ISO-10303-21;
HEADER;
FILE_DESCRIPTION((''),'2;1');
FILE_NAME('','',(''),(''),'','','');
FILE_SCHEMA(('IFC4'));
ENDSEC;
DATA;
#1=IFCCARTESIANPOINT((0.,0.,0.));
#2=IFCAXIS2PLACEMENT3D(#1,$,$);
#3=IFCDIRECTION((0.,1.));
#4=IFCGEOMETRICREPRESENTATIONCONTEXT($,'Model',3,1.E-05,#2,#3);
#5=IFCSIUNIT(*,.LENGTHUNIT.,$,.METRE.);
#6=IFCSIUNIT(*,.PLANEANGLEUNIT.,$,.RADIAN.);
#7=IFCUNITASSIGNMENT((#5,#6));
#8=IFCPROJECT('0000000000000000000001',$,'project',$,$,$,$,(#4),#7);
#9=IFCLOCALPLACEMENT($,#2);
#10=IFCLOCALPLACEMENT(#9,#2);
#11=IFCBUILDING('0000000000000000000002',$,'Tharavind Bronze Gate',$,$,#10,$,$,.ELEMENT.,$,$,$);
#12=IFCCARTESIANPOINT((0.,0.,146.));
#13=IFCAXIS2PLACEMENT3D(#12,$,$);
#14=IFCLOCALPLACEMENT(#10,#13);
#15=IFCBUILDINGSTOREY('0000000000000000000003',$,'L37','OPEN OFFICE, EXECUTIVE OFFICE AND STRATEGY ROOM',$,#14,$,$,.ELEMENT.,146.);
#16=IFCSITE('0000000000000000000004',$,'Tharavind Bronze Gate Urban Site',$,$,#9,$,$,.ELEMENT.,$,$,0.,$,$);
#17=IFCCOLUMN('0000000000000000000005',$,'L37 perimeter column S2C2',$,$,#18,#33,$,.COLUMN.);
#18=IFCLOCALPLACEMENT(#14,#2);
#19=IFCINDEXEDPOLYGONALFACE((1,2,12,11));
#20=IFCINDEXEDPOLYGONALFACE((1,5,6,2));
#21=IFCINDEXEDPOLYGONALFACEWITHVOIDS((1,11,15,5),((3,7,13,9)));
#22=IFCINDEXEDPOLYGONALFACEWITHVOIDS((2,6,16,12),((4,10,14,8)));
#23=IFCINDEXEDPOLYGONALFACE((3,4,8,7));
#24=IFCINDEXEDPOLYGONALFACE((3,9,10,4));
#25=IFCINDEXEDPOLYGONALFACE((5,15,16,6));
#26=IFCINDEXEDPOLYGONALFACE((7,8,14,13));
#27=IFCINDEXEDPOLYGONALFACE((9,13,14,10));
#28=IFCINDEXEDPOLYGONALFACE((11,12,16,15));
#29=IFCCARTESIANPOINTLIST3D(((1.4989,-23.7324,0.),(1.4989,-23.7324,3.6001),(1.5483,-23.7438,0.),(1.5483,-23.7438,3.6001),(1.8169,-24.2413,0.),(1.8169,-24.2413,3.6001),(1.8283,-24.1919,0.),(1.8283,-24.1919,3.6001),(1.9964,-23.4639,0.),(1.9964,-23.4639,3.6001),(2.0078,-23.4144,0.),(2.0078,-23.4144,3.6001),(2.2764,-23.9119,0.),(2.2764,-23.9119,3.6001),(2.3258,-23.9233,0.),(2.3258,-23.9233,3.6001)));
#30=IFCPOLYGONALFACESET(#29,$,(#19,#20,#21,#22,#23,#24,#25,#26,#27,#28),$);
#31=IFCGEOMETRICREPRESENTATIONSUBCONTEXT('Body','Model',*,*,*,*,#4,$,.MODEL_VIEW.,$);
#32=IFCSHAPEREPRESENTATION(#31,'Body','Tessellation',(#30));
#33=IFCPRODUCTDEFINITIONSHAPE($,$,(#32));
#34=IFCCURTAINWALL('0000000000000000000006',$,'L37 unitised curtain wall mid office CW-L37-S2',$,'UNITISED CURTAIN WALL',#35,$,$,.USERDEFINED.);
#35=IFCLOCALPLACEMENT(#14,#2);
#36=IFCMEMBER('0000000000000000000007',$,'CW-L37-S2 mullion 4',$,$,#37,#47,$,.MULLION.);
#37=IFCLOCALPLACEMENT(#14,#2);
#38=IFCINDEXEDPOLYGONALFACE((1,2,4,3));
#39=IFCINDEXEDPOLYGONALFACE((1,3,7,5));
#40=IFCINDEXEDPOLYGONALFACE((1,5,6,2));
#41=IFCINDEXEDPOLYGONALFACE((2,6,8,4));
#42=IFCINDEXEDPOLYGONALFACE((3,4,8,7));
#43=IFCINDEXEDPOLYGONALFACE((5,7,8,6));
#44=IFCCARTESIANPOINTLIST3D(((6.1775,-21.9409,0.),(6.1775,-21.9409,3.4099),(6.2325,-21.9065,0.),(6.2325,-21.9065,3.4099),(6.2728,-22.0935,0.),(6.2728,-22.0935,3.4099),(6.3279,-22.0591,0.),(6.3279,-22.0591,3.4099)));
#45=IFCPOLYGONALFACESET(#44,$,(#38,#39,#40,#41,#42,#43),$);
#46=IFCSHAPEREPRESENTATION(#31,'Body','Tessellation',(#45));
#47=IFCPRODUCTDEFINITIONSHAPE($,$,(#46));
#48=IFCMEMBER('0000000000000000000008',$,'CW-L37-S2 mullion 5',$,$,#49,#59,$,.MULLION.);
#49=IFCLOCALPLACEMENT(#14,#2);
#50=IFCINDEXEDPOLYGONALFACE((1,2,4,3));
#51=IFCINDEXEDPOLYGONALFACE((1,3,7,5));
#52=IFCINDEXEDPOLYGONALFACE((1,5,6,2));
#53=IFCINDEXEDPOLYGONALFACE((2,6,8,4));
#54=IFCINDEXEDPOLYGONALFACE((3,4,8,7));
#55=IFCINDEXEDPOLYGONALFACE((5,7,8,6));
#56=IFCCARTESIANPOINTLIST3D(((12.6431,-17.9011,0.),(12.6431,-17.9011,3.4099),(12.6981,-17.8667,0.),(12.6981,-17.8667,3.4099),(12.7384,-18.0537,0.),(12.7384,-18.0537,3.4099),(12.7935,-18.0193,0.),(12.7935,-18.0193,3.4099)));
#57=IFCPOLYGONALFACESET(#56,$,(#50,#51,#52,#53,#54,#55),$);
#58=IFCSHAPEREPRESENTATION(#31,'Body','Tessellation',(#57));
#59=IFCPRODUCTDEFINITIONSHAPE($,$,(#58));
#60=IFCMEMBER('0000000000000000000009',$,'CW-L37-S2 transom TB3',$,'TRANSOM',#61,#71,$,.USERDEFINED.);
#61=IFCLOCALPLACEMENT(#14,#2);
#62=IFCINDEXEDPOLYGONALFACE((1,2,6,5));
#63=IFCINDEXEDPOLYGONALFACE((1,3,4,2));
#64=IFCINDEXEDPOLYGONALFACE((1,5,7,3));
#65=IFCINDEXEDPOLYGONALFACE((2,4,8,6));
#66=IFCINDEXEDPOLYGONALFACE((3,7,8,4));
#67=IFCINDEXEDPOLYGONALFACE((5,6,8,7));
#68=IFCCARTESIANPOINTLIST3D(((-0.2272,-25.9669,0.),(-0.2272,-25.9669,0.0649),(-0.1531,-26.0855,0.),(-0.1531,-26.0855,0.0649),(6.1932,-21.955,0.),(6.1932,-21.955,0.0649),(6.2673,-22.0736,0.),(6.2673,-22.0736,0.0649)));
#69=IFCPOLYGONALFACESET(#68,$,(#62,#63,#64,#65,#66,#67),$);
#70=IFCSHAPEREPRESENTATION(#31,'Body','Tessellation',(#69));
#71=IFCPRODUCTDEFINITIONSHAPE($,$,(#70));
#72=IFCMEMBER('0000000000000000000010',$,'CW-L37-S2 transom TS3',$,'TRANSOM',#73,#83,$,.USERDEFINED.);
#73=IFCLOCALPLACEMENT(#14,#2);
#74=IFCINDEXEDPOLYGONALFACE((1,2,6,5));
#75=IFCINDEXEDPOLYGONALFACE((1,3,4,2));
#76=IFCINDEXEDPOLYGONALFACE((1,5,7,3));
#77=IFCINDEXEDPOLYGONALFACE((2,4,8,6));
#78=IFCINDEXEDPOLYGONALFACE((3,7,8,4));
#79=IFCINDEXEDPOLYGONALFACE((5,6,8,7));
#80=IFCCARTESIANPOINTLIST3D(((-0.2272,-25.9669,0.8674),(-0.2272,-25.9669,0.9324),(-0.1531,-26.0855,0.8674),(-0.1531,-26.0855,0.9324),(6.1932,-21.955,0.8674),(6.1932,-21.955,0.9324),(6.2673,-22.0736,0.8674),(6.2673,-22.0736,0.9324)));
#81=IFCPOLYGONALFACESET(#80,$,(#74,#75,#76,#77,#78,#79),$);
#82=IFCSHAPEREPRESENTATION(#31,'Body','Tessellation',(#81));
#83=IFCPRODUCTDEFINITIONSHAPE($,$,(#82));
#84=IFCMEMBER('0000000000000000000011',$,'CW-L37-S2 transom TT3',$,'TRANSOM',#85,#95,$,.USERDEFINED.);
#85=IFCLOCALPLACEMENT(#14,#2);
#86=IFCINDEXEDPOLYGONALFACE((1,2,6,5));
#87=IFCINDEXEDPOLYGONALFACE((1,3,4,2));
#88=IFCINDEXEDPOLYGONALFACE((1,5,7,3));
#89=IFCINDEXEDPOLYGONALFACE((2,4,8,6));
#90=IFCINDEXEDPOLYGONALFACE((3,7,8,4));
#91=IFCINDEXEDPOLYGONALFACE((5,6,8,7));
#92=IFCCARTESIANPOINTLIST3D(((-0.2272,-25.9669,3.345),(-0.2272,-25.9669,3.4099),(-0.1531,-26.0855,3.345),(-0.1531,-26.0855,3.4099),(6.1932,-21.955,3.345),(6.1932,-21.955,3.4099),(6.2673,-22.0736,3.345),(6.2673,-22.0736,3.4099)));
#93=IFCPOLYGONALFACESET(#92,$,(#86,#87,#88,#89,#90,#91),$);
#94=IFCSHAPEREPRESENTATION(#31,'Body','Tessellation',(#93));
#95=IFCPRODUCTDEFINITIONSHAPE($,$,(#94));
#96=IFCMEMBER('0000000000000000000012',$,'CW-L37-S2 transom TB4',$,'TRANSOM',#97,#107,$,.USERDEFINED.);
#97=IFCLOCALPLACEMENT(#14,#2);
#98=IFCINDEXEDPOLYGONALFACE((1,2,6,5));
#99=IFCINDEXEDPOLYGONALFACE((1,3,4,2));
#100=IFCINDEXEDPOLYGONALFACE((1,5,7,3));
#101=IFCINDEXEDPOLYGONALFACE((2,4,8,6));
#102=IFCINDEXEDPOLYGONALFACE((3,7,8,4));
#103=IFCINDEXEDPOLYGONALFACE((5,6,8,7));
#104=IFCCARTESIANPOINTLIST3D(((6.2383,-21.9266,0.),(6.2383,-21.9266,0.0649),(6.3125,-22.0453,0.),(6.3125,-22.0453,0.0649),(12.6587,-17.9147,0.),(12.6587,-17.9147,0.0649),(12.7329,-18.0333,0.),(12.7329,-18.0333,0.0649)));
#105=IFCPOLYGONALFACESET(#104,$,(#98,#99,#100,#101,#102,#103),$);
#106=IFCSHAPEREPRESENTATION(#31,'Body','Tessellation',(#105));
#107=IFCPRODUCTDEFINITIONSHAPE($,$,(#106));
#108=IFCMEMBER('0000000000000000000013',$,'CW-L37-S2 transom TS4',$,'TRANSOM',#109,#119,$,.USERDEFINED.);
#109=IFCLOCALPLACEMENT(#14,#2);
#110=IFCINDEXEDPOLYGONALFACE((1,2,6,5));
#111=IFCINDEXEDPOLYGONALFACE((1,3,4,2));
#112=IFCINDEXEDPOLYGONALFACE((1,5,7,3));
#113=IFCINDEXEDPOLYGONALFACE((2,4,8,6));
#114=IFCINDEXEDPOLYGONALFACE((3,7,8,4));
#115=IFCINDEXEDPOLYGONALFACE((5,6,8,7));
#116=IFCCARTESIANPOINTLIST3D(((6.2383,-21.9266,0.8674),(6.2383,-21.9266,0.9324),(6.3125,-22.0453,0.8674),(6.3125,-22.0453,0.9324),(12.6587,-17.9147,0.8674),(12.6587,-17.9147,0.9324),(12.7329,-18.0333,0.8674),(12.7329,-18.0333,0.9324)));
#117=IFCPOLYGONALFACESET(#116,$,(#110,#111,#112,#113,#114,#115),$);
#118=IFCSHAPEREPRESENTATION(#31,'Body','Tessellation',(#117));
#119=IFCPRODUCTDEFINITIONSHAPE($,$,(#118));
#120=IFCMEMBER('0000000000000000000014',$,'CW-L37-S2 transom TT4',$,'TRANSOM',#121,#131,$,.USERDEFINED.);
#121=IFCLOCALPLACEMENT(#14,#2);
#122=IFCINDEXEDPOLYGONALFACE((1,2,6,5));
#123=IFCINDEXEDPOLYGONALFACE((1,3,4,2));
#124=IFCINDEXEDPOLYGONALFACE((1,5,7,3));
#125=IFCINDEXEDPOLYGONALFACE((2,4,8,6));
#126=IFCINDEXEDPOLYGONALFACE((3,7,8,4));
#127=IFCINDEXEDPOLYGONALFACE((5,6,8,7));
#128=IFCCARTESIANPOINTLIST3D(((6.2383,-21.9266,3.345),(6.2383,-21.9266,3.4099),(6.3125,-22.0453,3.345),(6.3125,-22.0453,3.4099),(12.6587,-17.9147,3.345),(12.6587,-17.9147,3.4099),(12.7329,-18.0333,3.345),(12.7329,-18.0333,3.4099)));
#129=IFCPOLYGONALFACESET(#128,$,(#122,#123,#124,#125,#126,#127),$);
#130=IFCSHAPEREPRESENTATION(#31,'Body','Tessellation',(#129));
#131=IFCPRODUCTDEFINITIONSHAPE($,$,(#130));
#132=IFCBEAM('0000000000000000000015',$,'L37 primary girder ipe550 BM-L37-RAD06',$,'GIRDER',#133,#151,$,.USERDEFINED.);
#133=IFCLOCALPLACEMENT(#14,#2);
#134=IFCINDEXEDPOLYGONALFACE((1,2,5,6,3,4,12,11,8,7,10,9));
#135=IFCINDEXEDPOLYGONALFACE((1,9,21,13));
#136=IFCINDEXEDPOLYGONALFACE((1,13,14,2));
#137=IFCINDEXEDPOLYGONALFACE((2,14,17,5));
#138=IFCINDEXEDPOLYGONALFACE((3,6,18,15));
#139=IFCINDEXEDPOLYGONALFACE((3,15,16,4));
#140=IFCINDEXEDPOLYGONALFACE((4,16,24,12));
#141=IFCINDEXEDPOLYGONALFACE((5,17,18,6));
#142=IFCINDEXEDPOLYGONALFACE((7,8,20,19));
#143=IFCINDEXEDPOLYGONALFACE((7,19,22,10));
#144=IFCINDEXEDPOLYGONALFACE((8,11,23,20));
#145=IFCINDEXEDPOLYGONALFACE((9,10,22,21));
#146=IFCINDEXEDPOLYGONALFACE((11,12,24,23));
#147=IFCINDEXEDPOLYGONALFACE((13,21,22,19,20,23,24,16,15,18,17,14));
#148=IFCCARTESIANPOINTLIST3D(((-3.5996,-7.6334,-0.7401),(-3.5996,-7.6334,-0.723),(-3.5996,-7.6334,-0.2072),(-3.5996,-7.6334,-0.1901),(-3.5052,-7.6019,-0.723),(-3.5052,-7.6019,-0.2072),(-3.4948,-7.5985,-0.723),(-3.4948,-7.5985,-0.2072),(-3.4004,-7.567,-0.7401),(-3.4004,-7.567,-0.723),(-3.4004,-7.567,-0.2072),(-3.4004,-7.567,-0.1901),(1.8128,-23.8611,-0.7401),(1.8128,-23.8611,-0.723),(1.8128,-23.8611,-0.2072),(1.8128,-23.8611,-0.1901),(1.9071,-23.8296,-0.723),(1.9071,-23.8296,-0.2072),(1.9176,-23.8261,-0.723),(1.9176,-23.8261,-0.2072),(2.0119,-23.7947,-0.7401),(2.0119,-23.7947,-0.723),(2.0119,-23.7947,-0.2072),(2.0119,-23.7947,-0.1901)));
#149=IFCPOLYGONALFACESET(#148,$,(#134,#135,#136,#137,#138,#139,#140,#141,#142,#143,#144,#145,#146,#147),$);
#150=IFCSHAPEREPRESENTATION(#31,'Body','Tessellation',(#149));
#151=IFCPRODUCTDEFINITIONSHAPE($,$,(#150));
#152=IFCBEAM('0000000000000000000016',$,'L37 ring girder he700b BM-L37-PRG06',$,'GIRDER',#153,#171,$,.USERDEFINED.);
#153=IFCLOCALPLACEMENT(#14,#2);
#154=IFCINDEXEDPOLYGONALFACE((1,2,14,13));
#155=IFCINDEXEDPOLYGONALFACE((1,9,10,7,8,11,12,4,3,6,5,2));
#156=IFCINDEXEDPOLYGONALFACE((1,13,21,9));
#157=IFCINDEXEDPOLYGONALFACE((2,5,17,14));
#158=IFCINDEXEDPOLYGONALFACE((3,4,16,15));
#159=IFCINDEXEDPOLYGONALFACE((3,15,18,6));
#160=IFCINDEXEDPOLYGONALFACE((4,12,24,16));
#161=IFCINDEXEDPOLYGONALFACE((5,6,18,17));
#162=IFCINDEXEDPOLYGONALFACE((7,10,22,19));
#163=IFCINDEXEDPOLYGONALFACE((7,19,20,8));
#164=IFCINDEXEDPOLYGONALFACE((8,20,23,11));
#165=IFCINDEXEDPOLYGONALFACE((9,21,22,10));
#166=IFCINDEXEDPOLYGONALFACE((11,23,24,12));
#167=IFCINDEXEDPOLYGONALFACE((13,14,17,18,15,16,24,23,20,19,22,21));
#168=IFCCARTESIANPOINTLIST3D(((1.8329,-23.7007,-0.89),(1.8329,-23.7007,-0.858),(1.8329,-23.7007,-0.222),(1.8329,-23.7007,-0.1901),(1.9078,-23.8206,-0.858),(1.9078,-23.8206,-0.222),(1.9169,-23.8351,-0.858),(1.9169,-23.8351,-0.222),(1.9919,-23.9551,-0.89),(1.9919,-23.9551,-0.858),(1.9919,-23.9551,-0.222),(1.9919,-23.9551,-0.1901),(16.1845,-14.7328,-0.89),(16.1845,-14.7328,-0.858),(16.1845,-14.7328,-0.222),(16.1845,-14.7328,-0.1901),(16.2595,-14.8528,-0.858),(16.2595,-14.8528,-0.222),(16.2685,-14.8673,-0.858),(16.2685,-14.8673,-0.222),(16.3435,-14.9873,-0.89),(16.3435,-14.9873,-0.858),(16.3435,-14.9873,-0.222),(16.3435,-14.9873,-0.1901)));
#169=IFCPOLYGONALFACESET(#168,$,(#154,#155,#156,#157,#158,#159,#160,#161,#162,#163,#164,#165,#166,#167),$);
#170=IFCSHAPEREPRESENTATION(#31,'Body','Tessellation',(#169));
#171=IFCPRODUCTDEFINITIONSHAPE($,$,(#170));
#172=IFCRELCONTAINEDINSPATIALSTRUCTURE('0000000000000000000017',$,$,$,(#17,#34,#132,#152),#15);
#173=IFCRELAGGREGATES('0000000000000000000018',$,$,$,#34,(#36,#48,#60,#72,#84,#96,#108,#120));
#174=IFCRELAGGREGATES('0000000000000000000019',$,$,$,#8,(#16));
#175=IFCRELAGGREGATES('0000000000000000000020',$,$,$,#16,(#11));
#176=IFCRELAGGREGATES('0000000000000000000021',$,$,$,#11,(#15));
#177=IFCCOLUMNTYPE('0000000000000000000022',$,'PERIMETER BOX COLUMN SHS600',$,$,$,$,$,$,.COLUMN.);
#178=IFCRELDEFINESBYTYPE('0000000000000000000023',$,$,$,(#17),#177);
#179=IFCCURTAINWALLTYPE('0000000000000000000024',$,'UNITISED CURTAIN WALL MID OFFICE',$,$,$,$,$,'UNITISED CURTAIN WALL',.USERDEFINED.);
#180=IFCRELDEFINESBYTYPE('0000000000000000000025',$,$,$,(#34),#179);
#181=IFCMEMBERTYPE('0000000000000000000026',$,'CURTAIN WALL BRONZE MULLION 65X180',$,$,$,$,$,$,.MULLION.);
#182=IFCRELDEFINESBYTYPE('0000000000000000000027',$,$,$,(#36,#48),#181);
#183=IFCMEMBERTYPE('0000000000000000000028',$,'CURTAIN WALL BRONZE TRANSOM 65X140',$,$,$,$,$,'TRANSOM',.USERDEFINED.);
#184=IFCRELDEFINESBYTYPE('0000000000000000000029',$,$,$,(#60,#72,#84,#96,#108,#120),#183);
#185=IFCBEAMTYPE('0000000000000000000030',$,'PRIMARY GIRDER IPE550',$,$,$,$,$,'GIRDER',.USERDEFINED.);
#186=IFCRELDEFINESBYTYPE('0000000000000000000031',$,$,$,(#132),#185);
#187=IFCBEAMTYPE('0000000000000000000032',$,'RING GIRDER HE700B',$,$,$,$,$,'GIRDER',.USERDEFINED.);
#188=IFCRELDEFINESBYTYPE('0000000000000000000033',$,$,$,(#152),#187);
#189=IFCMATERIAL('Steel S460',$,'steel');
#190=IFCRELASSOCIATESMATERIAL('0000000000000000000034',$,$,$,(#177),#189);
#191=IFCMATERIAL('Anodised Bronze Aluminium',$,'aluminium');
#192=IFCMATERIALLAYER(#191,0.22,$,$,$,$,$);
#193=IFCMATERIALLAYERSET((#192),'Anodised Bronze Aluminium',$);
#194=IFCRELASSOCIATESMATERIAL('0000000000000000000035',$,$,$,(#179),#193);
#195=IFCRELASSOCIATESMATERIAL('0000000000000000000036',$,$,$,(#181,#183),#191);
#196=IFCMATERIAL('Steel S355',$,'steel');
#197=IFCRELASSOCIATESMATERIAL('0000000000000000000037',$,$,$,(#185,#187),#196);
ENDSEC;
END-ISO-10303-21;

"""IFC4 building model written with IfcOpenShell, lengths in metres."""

from ifc_helpers import new_model, si_unit, direction, frame, origin, origin_2d, place, context, subcontext, project, spatial, rectangle, hollow_rectangle, i_section, extrude, material, layer, layer_set, material_profile, profile_set, type_object, element, aggregate, save


model = new_model("IFC4")

# Units and contexts
model_context = context("Model", 3, precision=1e-05, world=origin(), true_north=direction((0.0, 1.0)))
body_context = subcontext(model_context, "Body", "Model", "MODEL_VIEW")
ifc_project = project(units=[si_unit("LENGTHUNIT", "METRE"), si_unit("PLANEANGLEUNIT", "RADIAN")], contexts=[model_context])

# Site, building, storey
site_placement = place(None, origin())
site = spatial("IfcSite", under=ifc_project, at=site_placement, Name="Tharavind Bronze Gate Urban Site", CompositionType="ELEMENT", RefElevation=0.0)
building_placement = place(site_placement, origin())
building = spatial("IfcBuilding", under=site, at=building_placement, Name="Tharavind Bronze Gate", CompositionType="ELEMENT")
storey_placement = place(building_placement, frame((0.0, 0.0, 146.0)))
storey = spatial("IfcBuildingStorey", under=building, at=storey_placement, Name="L37", Description="OPEN OFFICE, EXECUTIVE OFFICE AND STRATEGY ROOM", CompositionType="ELEMENT", Elevation=146.0)

# Column
ifc_material_1 = material(Name="Steel S460", Category="steel")
ifc_material_profile_1 = material_profile(ifc_material_1, hollow_rectangle(XDim=0.6001, YDim=0.6001, WallThickness=0.0359, at=origin_2d()), Name="SHS600X36")
ifc_profile_set_1 = profile_set([ifc_material_profile_1], Name="Steel S460")
column_type = type_object("IfcColumnType", Name="PERIMETER BOX COLUMN SHS600", PredefinedType="COLUMN", material=ifc_profile_set_1)
column_placement = place(storey_placement, frame((1.9124, -23.8279, 0.0), z_axis=(0.0, 0.0, 1.0), x_axis=(0.848047, 0.529921, 0.0)))
element("IfcColumn", 1, at=column_placement, inside=storey, type_object=column_type, Name="L37 perimeter column S2C2", PredefinedType="COLUMN", context=body_context, shape_type="SweptSolid", body=[
    extrude(hollow_rectangle(XDim=0.6001, YDim=0.6001, WallThickness=0.0359, at=origin_2d()), origin(), (0.0, 0.0, 1.0), 3.6001),
])

# Curtain wall, members
ifc_material_2 = material(Name="Anodised Bronze Aluminium", Category="aluminium")
ifc_layer_1 = layer(ifc_material_2, 0.22)
ifc_layer_set_1 = layer_set([ifc_layer_1], Name="Anodised Bronze Aluminium")
curtain_wall_type = type_object("IfcCurtainWallType", Name="UNITISED CURTAIN WALL MID OFFICE", ElementType="UNITISED CURTAIN WALL", PredefinedType="USERDEFINED", material=ifc_layer_set_1)
curtain_wall_placement = place(storey_placement, origin())
curtain_wall = element("IfcCurtainWall", 2, at=curtain_wall_placement, inside=storey, type_object=curtain_wall_type, Name="L37 unitised curtain wall mid office CW-L37-S2", ObjectType="UNITISED CURTAIN WALL", PredefinedType="USERDEFINED")
member_type_1 = type_object("IfcMemberType", Name="CURTAIN WALL BRONZE MULLION 65X180", PredefinedType="MULLION", material=ifc_material_2)
member_1_placement = place(storey_placement, frame((6.2527, -22.0, 0.0), z_axis=(0.0, 0.0, 1.0), x_axis=(0.848048, 0.529919, 0.0)))
member_1 = element("IfcMember", 3, at=member_1_placement, type_object=member_type_1, Name="CW-L37-S2 mullion 4", PredefinedType="MULLION", context=body_context, shape_type="SweptSolid", body=[
    extrude(rectangle(XDim=0.0649, YDim=0.1799, at=origin_2d()), origin(), (0.0, 0.0, 1.0), 3.4099),
])
member_2_placement = place(storey_placement, frame((12.7183, -17.9602, 0.0), z_axis=(0.0, 0.0, 1.0), x_axis=(0.848048, 0.529919, 0.0)))
member_2 = element("IfcMember", 4, at=member_2_placement, type_object=member_type_1, Name="CW-L37-S2 mullion 5", PredefinedType="MULLION", context=body_context, shape_type="SweptSolid", body=[
    extrude(rectangle(XDim=0.0649, YDim=0.1799, at=origin_2d()), origin(), (0.0, 0.0, 1.0), 3.4099),
])
member_type_2 = type_object("IfcMemberType", Name="CURTAIN WALL BRONZE TRANSOM 65X140", ElementType="TRANSOM", PredefinedType="USERDEFINED", material=ifc_material_2)
member_3_placement = place(storey_placement, frame((3.02, -24.0203, 0.0), z_axis=(0.0, 0.0, 1.0), x_axis=(0.848048, 0.529919, 0.0)))
member_3 = element("IfcMember", 5, at=member_3_placement, type_object=member_type_2, Name="CW-L37-S2 transom TB3", ObjectType="TRANSOM", PredefinedType="USERDEFINED", context=body_context, shape_type="SweptSolid", body=[
    extrude(rectangle(XDim=7.5708, YDim=0.1399, at=origin_2d()), origin(), (0.0, 0.0, 1.0), 0.0649),
])
member_4_placement = place(storey_placement, frame((3.02, -24.0203, 0.8674), z_axis=(0.0, 0.0, 1.0), x_axis=(0.848048, 0.529919, 0.0)))
member_4 = element("IfcMember", 6, at=member_4_placement, type_object=member_type_2, Name="CW-L37-S2 transom TS3", ObjectType="TRANSOM", PredefinedType="USERDEFINED", context=body_context, shape_type="SweptSolid", body=[
    extrude(rectangle(XDim=7.5708, YDim=0.1399, at=origin_2d()), origin(), (0.0, 0.0, 1.0), 0.0649),
])
member_5_placement = place(storey_placement, frame((3.02, -24.0203, 3.345), z_axis=(0.0, 0.0, 1.0), x_axis=(0.848048, 0.529919, 0.0)))
member_5 = element("IfcMember", 7, at=member_5_placement, type_object=member_type_2, Name="CW-L37-S2 transom TT3", ObjectType="TRANSOM", PredefinedType="USERDEFINED", context=body_context, shape_type="SweptSolid", body=[
    extrude(rectangle(XDim=7.5708, YDim=0.1399, at=origin_2d()), origin(), (0.0, 0.0, 1.0), 0.0649),
])
member_6_placement = place(storey_placement, frame((9.4856, -19.98, 0.0), z_axis=(0.0, 0.0, 1.0), x_axis=(0.848048, 0.529919, 0.0)))
member_6 = element("IfcMember", 8, at=member_6_placement, type_object=member_type_2, Name="CW-L37-S2 transom TB4", ObjectType="TRANSOM", PredefinedType="USERDEFINED", context=body_context, shape_type="SweptSolid", body=[
    extrude(rectangle(XDim=7.5708, YDim=0.1399, at=origin_2d()), origin(), (0.0, 0.0, 1.0), 0.0649),
])
member_7_placement = place(storey_placement, frame((9.4856, -19.98, 0.8674), z_axis=(0.0, 0.0, 1.0), x_axis=(0.848048, 0.529919, 0.0)))
member_7 = element("IfcMember", 9, at=member_7_placement, type_object=member_type_2, Name="CW-L37-S2 transom TS4", ObjectType="TRANSOM", PredefinedType="USERDEFINED", context=body_context, shape_type="SweptSolid", body=[
    extrude(rectangle(XDim=7.5708, YDim=0.1399, at=origin_2d()), origin(), (0.0, 0.0, 1.0), 0.0649),
])
member_8_placement = place(storey_placement, frame((9.4856, -19.98, 3.345), z_axis=(0.0, 0.0, 1.0), x_axis=(0.848048, 0.529919, 0.0)))
member_8 = element("IfcMember", 10, at=member_8_placement, type_object=member_type_2, Name="CW-L37-S2 transom TT4", ObjectType="TRANSOM", PredefinedType="USERDEFINED", context=body_context, shape_type="SweptSolid", body=[
    extrude(rectangle(XDim=7.5708, YDim=0.1399, at=origin_2d()), origin(), (0.0, 0.0, 1.0), 0.0649),
])

# Beams
ifc_material_3 = material(Name="Steel S355", Category="steel")
ifc_material_profile_2 = material_profile(ifc_material_3, i_section(OverallWidth=0.21, OverallDepth=0.55, WebThickness=0.011, FlangeThickness=0.0171, at=origin_2d()), Name="IPE550")
ifc_profile_set_2 = profile_set([ifc_material_profile_2], Name="Steel S355")
beam_type_1 = type_object("IfcBeamType", Name="PRIMARY GIRDER IPE550", ElementType="GIRDER", PredefinedType="USERDEFINED", material=ifc_profile_set_2)
beam_1_placement = place(storey_placement, frame((1.9124, -23.8279, -0.4651), z_axis=(-0.31639, 0.948629, 0.0), x_axis=(-0.948629, -0.31639, 0.0)))
element("IfcBeam", 11, at=beam_1_placement, inside=storey, type_object=beam_type_1, Name="L37 primary girder ipe550 BM-L37-RAD06", ObjectType="GIRDER", PredefinedType="USERDEFINED", context=body_context, shape_type="SweptSolid", body=[
    extrude(i_section(OverallWidth=0.21, OverallDepth=0.55, WebThickness=0.011, FlangeThickness=0.0171, at=origin_2d()), origin(), (0.0, 0.0, 1.0), 17.1064),
])
ifc_material_profile_3 = material_profile(ifc_material_3, i_section(OverallWidth=0.3, OverallDepth=0.7, WebThickness=0.0171, FlangeThickness=0.032, at=origin_2d()), Name="HE700B")
ifc_profile_set_3 = profile_set([ifc_material_profile_3], Name="Steel S355")
beam_type_2 = type_object("IfcBeamType", Name="RING GIRDER HE700B", ElementType="GIRDER", PredefinedType="USERDEFINED", material=ifc_profile_set_3)
beam_2_placement = place(storey_placement, frame((1.9124, -23.8279, -0.54), z_axis=(0.84805, 0.529916, 0.0), x_axis=(-0.529916, 0.84805, 0.0)))
element("IfcBeam", 12, at=beam_2_placement, inside=storey, type_object=beam_type_2, Name="L37 ring girder he700b BM-L37-PRG06", ObjectType="GIRDER", PredefinedType="USERDEFINED", context=body_context, shape_type="SweptSolid", body=[
    extrude(i_section(OverallWidth=0.3, OverallDepth=0.7, WebThickness=0.0171, FlangeThickness=0.032, at=origin_2d()), origin(), (0.0, 0.0, 1.0), 16.9231),
])

aggregate(curtain_wall, [member_1, member_2, member_3, member_4, member_5, member_6, member_7, member_8])

save(model, "model.ifc")
